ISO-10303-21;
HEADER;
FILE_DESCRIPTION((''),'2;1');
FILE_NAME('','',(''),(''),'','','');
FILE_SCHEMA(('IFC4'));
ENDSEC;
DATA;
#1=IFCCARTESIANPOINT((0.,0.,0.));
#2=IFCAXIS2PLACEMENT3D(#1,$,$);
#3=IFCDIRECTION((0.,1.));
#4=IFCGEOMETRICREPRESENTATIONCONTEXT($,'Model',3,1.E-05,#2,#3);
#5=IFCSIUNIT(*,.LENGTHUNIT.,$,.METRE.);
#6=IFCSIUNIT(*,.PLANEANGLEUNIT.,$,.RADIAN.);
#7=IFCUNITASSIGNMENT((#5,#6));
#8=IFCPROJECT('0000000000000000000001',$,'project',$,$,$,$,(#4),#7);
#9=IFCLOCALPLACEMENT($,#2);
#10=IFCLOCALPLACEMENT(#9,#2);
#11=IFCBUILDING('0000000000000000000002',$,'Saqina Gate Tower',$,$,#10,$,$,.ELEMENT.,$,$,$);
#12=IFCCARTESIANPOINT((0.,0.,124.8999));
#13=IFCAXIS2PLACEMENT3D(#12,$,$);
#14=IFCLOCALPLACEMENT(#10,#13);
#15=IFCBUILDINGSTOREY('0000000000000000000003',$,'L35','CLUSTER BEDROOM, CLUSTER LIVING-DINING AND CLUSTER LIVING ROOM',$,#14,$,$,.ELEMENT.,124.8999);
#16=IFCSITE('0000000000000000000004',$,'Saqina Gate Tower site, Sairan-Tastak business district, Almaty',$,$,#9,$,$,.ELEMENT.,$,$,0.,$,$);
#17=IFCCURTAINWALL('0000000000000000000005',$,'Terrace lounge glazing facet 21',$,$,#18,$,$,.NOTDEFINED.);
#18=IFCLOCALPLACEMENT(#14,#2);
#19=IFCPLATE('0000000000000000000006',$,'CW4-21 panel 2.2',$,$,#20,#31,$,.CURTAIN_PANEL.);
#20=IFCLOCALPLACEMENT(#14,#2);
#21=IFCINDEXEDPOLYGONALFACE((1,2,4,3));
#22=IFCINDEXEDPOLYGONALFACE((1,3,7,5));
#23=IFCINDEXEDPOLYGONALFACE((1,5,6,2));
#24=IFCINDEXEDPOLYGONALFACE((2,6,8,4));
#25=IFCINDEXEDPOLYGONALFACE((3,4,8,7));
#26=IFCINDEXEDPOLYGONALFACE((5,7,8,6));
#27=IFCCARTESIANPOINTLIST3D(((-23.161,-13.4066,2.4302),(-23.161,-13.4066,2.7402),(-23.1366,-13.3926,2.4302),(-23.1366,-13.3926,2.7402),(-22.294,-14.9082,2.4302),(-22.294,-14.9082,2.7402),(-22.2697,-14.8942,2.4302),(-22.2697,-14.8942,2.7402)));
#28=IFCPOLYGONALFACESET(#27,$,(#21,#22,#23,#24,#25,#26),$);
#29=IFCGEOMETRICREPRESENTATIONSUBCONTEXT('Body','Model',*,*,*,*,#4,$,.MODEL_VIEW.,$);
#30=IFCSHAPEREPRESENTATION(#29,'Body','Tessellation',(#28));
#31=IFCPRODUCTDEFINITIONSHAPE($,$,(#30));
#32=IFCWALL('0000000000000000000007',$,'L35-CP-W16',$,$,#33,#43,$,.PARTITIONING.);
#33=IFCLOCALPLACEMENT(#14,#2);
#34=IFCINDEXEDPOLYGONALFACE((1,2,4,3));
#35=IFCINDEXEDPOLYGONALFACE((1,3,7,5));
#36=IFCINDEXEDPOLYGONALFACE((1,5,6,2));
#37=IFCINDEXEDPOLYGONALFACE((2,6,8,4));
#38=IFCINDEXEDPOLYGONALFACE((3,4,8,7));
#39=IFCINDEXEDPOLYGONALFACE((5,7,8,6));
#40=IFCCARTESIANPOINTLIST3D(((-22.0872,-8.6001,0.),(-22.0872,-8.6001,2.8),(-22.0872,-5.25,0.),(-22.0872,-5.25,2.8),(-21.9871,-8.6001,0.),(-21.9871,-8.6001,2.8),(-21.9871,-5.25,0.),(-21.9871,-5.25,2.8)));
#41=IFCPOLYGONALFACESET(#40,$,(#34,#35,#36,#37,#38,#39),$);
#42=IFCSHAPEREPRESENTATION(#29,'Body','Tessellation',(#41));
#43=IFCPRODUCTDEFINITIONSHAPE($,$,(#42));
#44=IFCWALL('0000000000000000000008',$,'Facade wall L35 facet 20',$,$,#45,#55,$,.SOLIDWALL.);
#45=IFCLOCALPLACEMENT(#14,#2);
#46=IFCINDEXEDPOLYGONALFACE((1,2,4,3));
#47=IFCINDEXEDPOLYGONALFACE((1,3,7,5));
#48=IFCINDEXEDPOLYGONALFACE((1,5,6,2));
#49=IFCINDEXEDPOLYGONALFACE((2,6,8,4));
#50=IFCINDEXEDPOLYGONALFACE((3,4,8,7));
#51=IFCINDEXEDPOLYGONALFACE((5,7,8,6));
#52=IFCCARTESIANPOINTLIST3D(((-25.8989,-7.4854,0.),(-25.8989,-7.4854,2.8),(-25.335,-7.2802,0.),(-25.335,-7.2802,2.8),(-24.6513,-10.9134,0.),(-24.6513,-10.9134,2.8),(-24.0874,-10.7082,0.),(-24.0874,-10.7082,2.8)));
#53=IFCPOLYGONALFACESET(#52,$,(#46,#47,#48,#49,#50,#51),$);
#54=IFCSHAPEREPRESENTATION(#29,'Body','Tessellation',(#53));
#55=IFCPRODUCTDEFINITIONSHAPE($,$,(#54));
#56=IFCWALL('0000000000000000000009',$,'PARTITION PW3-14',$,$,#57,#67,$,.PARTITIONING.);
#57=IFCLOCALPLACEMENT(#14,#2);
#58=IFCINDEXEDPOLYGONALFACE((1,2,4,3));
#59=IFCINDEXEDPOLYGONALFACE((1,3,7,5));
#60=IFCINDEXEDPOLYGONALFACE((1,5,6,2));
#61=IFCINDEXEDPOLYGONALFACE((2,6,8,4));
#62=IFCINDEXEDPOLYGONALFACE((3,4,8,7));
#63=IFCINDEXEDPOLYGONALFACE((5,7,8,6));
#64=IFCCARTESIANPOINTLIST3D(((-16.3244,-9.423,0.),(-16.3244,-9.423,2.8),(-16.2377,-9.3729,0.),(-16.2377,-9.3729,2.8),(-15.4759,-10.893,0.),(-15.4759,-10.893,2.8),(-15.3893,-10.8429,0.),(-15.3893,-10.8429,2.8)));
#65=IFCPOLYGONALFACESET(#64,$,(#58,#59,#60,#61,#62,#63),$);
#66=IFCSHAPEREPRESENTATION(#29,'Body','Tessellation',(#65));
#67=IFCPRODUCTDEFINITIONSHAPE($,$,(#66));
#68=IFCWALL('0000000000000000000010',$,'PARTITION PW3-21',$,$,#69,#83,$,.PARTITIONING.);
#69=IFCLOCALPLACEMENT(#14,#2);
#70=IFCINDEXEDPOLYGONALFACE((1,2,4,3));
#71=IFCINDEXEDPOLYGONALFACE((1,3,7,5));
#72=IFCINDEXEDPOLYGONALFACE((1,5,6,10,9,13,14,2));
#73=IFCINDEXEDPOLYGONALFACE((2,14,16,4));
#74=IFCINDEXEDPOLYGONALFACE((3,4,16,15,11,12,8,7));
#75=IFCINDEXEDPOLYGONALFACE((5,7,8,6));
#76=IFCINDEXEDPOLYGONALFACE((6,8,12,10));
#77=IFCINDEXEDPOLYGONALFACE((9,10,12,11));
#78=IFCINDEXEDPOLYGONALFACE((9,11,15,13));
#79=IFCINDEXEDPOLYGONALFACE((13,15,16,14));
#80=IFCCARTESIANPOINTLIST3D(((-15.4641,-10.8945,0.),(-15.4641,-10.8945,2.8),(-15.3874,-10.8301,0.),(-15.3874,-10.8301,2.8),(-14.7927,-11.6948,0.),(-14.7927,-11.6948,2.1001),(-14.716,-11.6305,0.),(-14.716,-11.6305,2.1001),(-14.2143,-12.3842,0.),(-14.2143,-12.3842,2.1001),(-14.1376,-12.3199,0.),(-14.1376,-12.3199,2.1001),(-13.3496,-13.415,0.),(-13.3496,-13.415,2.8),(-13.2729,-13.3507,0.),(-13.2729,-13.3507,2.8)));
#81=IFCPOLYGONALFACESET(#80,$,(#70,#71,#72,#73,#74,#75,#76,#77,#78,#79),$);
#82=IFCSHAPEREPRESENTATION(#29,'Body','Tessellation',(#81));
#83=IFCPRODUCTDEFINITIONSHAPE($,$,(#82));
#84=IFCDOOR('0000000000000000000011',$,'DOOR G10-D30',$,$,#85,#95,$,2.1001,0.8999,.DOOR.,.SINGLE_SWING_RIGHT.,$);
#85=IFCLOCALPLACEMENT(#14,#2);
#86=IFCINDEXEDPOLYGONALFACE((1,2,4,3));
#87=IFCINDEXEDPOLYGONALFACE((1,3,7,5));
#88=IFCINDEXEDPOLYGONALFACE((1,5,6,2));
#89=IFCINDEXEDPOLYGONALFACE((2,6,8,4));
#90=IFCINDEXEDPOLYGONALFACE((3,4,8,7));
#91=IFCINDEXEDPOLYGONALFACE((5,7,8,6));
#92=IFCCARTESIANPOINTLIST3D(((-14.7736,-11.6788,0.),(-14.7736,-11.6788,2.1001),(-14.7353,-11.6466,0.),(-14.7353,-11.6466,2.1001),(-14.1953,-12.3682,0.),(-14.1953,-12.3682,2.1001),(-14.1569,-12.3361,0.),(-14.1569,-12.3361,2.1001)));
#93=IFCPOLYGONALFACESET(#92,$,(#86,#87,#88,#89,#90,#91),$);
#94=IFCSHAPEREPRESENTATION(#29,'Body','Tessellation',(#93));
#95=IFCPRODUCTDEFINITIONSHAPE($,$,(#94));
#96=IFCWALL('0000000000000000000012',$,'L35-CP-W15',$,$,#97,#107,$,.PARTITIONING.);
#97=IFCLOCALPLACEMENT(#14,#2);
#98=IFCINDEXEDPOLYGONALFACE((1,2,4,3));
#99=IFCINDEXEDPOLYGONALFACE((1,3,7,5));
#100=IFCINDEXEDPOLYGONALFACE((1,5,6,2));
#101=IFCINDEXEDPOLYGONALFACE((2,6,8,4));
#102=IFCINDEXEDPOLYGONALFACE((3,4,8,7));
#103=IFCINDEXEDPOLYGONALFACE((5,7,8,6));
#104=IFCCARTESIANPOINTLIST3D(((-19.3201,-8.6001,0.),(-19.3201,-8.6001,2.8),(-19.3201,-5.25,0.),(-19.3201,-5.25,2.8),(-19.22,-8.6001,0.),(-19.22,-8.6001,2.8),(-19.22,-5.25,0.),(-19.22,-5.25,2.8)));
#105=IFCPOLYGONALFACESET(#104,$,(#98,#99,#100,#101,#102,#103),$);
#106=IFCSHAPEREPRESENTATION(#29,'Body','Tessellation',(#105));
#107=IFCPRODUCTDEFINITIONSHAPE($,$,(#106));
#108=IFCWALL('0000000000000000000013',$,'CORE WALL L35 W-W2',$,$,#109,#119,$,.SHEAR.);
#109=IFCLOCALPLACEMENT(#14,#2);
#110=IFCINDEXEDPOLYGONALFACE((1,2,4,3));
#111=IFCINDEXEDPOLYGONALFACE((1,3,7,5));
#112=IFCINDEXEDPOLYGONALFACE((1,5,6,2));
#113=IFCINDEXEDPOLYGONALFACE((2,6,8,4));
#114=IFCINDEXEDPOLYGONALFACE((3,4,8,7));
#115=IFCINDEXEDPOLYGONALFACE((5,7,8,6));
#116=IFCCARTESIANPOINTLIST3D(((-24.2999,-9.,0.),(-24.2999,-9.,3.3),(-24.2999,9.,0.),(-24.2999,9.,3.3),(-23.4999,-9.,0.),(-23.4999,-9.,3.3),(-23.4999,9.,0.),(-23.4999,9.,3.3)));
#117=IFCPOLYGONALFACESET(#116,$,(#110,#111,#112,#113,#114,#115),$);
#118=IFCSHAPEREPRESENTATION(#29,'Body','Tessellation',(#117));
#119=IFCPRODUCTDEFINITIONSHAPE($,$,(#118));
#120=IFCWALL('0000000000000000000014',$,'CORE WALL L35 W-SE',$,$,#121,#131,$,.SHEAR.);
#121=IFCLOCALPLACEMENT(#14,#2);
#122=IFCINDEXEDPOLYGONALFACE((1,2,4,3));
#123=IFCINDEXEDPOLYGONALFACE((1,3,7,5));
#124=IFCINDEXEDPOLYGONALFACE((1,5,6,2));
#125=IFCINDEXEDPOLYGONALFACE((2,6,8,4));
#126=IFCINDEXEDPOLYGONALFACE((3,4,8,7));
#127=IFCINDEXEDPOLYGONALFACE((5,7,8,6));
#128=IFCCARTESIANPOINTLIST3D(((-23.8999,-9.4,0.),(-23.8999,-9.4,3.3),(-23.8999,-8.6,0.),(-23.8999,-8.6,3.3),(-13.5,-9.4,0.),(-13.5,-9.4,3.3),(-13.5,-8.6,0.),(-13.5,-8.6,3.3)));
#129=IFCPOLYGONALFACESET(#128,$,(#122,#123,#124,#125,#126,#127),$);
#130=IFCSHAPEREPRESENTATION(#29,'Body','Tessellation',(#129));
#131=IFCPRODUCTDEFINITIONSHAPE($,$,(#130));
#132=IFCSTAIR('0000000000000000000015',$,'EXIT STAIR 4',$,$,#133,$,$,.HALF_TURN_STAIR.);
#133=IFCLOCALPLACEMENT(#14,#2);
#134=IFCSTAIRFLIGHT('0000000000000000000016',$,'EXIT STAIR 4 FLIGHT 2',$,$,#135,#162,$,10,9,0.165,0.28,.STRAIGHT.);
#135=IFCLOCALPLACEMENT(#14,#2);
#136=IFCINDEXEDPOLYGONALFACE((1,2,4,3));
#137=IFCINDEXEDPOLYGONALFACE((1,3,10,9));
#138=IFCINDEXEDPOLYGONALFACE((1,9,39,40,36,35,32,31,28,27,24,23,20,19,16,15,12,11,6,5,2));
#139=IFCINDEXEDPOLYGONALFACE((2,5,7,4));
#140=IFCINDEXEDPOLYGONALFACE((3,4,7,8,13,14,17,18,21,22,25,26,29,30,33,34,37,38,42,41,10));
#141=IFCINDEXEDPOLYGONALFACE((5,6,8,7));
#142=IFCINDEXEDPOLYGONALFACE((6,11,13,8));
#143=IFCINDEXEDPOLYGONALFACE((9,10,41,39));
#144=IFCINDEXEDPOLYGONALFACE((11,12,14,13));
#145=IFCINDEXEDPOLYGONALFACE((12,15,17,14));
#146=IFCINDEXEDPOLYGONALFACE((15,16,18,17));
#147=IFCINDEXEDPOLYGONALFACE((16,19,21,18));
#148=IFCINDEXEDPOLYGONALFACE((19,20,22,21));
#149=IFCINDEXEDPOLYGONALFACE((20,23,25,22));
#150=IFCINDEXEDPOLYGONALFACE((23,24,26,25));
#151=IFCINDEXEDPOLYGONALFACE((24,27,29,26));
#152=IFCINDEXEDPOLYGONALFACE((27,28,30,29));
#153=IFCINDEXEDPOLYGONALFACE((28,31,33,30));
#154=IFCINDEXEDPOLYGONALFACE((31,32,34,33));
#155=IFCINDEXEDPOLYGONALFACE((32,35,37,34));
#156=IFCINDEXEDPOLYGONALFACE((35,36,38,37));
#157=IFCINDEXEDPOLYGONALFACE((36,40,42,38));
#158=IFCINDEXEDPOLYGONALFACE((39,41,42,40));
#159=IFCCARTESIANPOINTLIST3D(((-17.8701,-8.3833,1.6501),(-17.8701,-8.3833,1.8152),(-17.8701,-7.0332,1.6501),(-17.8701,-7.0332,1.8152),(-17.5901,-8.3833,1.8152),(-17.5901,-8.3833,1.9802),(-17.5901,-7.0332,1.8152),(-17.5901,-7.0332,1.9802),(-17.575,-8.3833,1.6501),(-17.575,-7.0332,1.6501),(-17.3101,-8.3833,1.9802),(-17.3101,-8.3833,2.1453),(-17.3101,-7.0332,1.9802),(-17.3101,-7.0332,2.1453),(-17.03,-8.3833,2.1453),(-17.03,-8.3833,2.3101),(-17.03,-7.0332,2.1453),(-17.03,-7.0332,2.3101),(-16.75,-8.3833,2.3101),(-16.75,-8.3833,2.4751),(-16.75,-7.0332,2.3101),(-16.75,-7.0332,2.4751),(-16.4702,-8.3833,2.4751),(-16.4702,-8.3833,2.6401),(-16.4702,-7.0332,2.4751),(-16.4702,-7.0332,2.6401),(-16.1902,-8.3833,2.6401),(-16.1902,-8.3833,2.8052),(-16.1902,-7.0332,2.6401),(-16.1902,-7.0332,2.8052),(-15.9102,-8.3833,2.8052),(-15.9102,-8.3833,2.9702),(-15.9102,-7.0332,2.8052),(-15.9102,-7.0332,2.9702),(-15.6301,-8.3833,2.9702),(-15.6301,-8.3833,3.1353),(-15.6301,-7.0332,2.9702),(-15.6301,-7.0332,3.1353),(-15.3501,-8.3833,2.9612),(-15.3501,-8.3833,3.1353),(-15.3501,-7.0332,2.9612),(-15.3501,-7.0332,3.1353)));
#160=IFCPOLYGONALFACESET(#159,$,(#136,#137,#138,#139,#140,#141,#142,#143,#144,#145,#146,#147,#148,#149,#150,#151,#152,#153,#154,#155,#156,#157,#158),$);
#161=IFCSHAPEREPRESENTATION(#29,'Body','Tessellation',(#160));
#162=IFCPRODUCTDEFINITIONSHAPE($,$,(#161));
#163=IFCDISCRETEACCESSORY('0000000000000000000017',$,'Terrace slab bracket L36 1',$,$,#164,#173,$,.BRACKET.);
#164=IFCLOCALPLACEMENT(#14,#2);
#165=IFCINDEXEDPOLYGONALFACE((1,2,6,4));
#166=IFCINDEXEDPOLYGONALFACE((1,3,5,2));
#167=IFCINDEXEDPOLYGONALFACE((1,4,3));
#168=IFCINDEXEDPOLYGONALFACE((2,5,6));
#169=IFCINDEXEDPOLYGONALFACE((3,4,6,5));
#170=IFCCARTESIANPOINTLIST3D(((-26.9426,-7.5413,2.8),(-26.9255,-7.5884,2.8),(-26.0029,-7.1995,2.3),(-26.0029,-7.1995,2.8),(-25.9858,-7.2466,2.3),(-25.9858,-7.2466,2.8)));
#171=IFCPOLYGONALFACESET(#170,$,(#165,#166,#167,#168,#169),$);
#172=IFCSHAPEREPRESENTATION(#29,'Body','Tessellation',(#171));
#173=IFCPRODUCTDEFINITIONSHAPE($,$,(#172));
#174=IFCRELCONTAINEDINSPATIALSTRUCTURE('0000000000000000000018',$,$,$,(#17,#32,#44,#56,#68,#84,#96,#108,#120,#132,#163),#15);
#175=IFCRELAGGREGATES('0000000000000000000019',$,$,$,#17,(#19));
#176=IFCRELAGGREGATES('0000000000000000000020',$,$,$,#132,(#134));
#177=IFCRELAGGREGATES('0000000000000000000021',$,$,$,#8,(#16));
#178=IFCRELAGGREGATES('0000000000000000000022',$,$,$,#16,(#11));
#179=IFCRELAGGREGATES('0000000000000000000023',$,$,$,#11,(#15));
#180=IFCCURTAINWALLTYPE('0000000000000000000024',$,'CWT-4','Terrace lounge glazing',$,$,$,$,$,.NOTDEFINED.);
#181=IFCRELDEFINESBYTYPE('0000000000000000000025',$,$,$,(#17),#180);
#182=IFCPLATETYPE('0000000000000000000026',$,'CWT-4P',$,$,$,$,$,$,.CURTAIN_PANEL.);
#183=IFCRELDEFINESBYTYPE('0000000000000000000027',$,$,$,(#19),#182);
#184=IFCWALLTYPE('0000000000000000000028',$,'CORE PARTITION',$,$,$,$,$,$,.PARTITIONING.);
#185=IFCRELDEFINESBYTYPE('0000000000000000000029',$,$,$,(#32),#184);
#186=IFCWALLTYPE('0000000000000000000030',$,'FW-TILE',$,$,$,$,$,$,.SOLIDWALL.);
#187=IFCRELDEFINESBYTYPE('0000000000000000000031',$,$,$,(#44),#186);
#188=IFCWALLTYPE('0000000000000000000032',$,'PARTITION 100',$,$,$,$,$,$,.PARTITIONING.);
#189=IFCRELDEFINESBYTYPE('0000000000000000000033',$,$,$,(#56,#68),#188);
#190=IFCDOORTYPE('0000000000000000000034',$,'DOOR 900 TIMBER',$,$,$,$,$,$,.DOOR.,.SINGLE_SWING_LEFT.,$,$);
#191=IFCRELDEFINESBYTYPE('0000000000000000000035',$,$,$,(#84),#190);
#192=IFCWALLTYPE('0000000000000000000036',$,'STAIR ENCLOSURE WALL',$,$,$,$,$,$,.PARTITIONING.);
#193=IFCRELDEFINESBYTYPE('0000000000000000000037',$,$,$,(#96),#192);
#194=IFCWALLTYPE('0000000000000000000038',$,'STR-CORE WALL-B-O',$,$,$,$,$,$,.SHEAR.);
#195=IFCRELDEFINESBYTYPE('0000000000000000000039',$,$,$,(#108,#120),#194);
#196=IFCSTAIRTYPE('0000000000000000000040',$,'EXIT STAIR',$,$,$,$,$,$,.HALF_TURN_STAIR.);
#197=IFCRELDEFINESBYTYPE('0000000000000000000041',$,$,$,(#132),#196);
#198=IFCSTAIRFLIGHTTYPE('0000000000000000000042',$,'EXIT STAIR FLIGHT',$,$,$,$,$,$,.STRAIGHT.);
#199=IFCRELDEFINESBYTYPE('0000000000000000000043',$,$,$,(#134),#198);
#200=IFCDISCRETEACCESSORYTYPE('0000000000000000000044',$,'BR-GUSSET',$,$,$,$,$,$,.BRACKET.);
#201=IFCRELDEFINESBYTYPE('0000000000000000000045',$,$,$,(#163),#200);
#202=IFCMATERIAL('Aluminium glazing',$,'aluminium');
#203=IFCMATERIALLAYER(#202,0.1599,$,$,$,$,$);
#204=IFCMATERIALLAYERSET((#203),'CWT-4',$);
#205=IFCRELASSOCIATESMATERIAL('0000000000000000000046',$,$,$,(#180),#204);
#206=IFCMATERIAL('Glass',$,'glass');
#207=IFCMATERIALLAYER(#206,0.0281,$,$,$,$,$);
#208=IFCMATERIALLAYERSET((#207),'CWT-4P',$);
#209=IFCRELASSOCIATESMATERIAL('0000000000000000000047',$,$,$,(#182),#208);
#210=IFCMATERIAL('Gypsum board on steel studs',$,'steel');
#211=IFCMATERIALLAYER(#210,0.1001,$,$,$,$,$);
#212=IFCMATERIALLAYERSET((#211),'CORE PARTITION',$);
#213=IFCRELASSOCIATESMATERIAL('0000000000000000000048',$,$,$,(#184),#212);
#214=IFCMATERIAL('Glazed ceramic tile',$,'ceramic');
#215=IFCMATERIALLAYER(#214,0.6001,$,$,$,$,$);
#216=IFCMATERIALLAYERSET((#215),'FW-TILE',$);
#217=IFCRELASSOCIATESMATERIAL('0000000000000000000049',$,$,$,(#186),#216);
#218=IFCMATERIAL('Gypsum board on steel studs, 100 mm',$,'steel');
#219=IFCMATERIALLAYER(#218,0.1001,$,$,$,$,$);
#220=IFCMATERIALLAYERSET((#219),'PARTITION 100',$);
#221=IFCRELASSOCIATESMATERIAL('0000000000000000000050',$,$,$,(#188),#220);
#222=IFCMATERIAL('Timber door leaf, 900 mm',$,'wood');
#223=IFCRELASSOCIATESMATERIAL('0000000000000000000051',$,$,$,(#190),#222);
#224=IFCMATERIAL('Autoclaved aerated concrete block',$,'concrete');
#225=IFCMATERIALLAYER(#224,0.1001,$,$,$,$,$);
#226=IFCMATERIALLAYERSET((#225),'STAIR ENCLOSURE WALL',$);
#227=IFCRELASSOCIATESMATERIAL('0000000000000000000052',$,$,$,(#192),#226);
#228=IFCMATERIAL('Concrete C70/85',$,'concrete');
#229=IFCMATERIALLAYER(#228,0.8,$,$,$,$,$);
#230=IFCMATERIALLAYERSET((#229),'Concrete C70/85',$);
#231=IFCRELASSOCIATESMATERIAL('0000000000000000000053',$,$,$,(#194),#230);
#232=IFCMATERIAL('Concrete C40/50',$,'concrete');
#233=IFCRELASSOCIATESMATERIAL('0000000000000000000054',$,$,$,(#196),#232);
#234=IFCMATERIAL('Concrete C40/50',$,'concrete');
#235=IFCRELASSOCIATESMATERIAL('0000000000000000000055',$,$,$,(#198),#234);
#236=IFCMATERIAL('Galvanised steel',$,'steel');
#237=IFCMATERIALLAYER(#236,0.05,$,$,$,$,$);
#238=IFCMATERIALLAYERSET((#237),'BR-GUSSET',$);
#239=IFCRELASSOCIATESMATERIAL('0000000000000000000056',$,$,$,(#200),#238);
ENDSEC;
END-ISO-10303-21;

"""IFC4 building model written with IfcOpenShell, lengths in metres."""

from ifc_helpers import new_model, si_unit, direction, frame, frame_2d, origin, origin_2d, place, context, subcontext, project, spatial, polyline, rectangle, outline, extrude, material, layer, layer_set, type_object, element, fill, aggregate, save


model = new_model("IFC4")

# Units and contexts
model_context = context("Model", 3, precision=1e-05, world=origin(), true_north=direction((0.0, 1.0)))
body_context = subcontext(model_context, "Body", "Model", "MODEL_VIEW")
ifc_project = project(units=[si_unit("LENGTHUNIT", "METRE"), si_unit("PLANEANGLEUNIT", "RADIAN")], contexts=[model_context])

# Site, building, storey
site_placement = place(None, origin())
site = spatial("IfcSite", under=ifc_project, at=site_placement, Name="Saqina Gate Tower site, Sairan-Tastak business district, Almaty", CompositionType="ELEMENT", RefElevation=0.0)
building_placement = place(site_placement, origin())
building = spatial("IfcBuilding", under=site, at=building_placement, Name="Saqina Gate Tower", CompositionType="ELEMENT")
storey_placement = place(building_placement, frame((0.0, 0.0, 124.8999)))
storey = spatial("IfcBuildingStorey", under=building, at=storey_placement, Name="L35", Description="CLUSTER BEDROOM, CLUSTER LIVING-DINING AND CLUSTER LIVING ROOM", CompositionType="ELEMENT", Elevation=124.8999)

# Curtain wall
ifc_material_1 = material(Name="Aluminium glazing", Category="aluminium")
ifc_layer_1 = layer(ifc_material_1, 0.1599)
ifc_layer_set_1 = layer_set([ifc_layer_1], Name="CWT-4")
curtain_wall_type = type_object("IfcCurtainWallType", Name="CWT-4", Description="Terrace lounge glazing", PredefinedType="NOTDEFINED", material=ifc_layer_set_1)
curtain_wall_placement = place(storey_placement, origin())
curtain_wall = element("IfcCurtainWall", 1, at=curtain_wall_placement, inside=storey, type_object=curtain_wall_type, Name="Terrace lounge glazing facet 21", PredefinedType="NOTDEFINED")

# Plate
ifc_material_2 = material(Name="Glass", Category="glass")
ifc_layer_2 = layer(ifc_material_2, 0.0281)
ifc_layer_set_2 = layer_set([ifc_layer_2], Name="CWT-4P")
plate_type = type_object("IfcPlateType", Name="CWT-4P", PredefinedType="CURTAIN_PANEL", material=ifc_layer_set_2)
plate_1_placement = place(storey_placement, frame((-22.7153, -14.1504, 2.4302), z_axis=(0.0, 0.0, 1.0), x_axis=(0.499999, -0.866026, 0.0)))
plate_1 = element("IfcPlate", 2, at=plate_1_placement, type_object=plate_type, Name="CW4-21 panel 2.2", PredefinedType="CURTAIN_PANEL", context=body_context, shape_type="SweptSolid", body=[
    extrude(rectangle(XDim=1.7339, YDim=0.0281, at=origin_2d()), origin(), (0.0, 0.0, 1.0), 0.3101),
])
aggregate(curtain_wall, [plate_1])

# Walls
ifc_material_3 = material(Name="Gypsum board on steel studs", Category="steel")
ifc_layer_3 = layer(ifc_material_3, 0.1001)
ifc_layer_set_3 = layer_set([ifc_layer_3], Name="CORE PARTITION")
wall_type_1 = type_object("IfcWallType", Name="CORE PARTITION", PredefinedType="PARTITIONING", material=ifc_layer_set_3)
wall_1_placement = place(storey_placement, frame((-22.0371, -8.6001, 0.0), z_axis=(0.0, 0.0, 1.0), x_axis=(0.0, 1.0, 0.0)))
element("IfcWall", 3, at=wall_1_placement, inside=storey, type_object=wall_type_1, Name="L35-CP-W16", PredefinedType="PARTITIONING", context=body_context, shape_type="SweptSolid", body=[
    extrude(rectangle(XDim=3.3501, YDim=0.1001, at=frame_2d((1.675, 0.0))), origin(), (0.0, 0.0, 1.0), 2.8),
])
ifc_material_4 = material(Name="Glazed ceramic tile", Category="ceramic")
ifc_layer_4 = layer(ifc_material_4, 0.6001)
ifc_layer_set_4 = layer_set([ifc_layer_4], Name="FW-TILE")
wall_type_2 = type_object("IfcWallType", Name="FW-TILE", PredefinedType="SOLIDWALL", material=ifc_layer_set_4)
wall_2_placement = place(storey_placement, frame((-25.6169, -7.3828, 0.0), z_axis=(0.0, 0.0, 1.0), x_axis=(0.34199, -0.939704, 0.0)))
element("IfcWall", 4, at=wall_2_placement, inside=storey, type_object=wall_type_2, Name="Facade wall L35 facet 20", PredefinedType="SOLIDWALL", context=body_context, shape_type="SweptSolid", body=[
    extrude(rectangle(XDim=3.6479, YDim=0.6001, at=frame_2d((1.824, 0.0))), origin(), (0.0, 0.0, 1.0), 2.8),
])
ifc_material_5 = material(Name="Gypsum board on steel studs, 100 mm", Category="steel")
ifc_layer_5 = layer(ifc_material_5, 0.1001)
ifc_layer_set_5 = layer_set([ifc_layer_5], Name="PARTITION 100")
wall_type_3 = type_object("IfcWallType", Name="PARTITION 100", PredefinedType="PARTITIONING", material=ifc_layer_set_5)
wall_3_placement = place(storey_placement, frame((-16.281, -9.3979, 0.0), z_axis=(0.0, 0.0, 1.0), x_axis=(0.499868, -0.866102, 0.0)))
element("IfcWall", 5, at=wall_3_placement, inside=storey, type_object=wall_type_3, Name="PARTITION PW3-14", PredefinedType="PARTITIONING", context=body_context, shape_type="SweptSolid", body=[
    extrude(rectangle(XDim=1.6973, YDim=0.1001, at=frame_2d((0.8486, 0.0))), origin(), (0.0, 0.0, 1.0), 2.8),
])

# Wall, opening, door
wall_4_placement = place(storey_placement, frame((-15.4258, -10.8623, 0.0), z_axis=(0.0, 0.0, 1.0), x_axis=(0.642706, -0.766113, 0.0)))
wall_4 = element("IfcWall", 6, at=wall_4_placement, inside=storey, type_object=wall_type_3, Name="PARTITION PW3-21", PredefinedType="PARTITIONING", context=body_context, shape_type="SweptSolid", body=[
    extrude(rectangle(XDim=3.29, YDim=0.1001, at=frame_2d((1.645, 0.0))), origin(), (0.0, 0.0, 1.0), 2.8),
])
opening_1_placement = place(wall_4_placement, frame((1.0447, 0.0, 0.0)))
opening_1 = element("IfcOpeningElement", 7, at=opening_1_placement, cuts=wall_4, PredefinedType="OPENING", context=body_context, shape_type="SweptSolid", body=[
    extrude(rectangle(XDim=0.8999, YDim=2.1001, at=frame_2d((0.45, 1.05))), frame((0.0, 0.062, 0.0), z_axis=(0.0, -1.0, 0.0), x_axis=(1.0, 0.0, 0.0)), (0.0, 0.0, 1.0), 0.124),
])
ifc_material_6 = material(Name="Timber door leaf, 900 mm", Category="wood")
door_type_1 = type_object("IfcDoorType", Name="DOOR 900 TIMBER", OperationType="SINGLE_SWING_LEFT", PredefinedType="DOOR", material=ifc_material_6)
door_1_placement = place(opening_1_placement, origin())
door_1 = element("IfcDoor", 8, at=door_1_placement, inside=storey, type_object=door_type_1, Name="DOOR G10-D30", OperationType="SINGLE_SWING_RIGHT", OverallHeight=2.1001, OverallWidth=0.8999, PredefinedType="DOOR", context=body_context, shape_type="SweptSolid", body=[
    extrude(rectangle(XDim=0.8999, YDim=2.1001, at=frame_2d((0.45, 1.05))), frame((0.0, 0.0249, 0.0), z_axis=(0.0, -1.0, 0.0), x_axis=(1.0, 0.0, 0.0)), (0.0, 0.0, 1.0), 0.05),
])
fill(opening_1, door_1)

# Wall
ifc_material_7 = material(Name="Autoclaved aerated concrete block", Category="concrete")
ifc_layer_6 = layer(ifc_material_7, 0.1001)
ifc_layer_set_6 = layer_set([ifc_layer_6], Name="STAIR ENCLOSURE WALL")
wall_type_4 = type_object("IfcWallType", Name="STAIR ENCLOSURE WALL", PredefinedType="PARTITIONING", material=ifc_layer_set_6)
wall_5_placement = place(storey_placement, frame((-19.27, -8.6001, 0.0), z_axis=(0.0, 0.0, 1.0), x_axis=(0.0, 1.0, 0.0)))
element("IfcWall", 9, at=wall_5_placement, inside=storey, type_object=wall_type_4, Name="L35-CP-W15", PredefinedType="PARTITIONING", context=body_context, shape_type="SweptSolid", body=[
    extrude(rectangle(XDim=3.3501, YDim=0.1001, at=frame_2d((1.675, 0.0))), origin(), (0.0, 0.0, 1.0), 2.8),
])

# Shared definitions
ifc_material_8 = material(Name="Concrete C70/85", Category="concrete")
ifc_layer_7 = layer(ifc_material_8, 0.8)
ifc_layer_set_7 = layer_set([ifc_layer_7], Name="Concrete C70/85")
wall_type_5 = type_object("IfcWallType", Name="STR-CORE WALL-B-O", PredefinedType="SHEAR", material=ifc_layer_set_7)

# Walls
wall_6_placement = place(storey_placement, frame((-23.8999, -9.0, 0.0), z_axis=(0.0, 0.0, 1.0), x_axis=(0.0, 1.0, 0.0)))
element("IfcWall", 10, at=wall_6_placement, inside=storey, type_object=wall_type_5, Name="CORE WALL L35 W-W2", PredefinedType="SHEAR", context=body_context, shape_type="SweptSolid", body=[
    extrude(rectangle(XDim=18.0, YDim=0.8, at=frame_2d((9.0, 0.0))), origin(), (0.0, 0.0, 1.0), 3.3),
])
wall_7_placement = place(storey_placement, frame((-13.5, -9.0, 0.0), z_axis=(0.0, 0.0, 1.0), x_axis=(-1.0, 0.0, 0.0)))
element("IfcWall", 11, at=wall_7_placement, inside=storey, type_object=wall_type_5, Name="CORE WALL L35 W-SE", PredefinedType="SHEAR", context=body_context, shape_type="SweptSolid", body=[
    extrude(rectangle(XDim=10.3999, YDim=0.8, at=frame_2d((5.2, 0.0))), origin(), (0.0, 0.0, 1.0), 3.3),
])

# Stair, stair flight
ifc_material_9 = material(Name="Concrete C40/50", Category="concrete")
stair_type = type_object("IfcStairType", Name="EXIT STAIR", PredefinedType="HALF_TURN_STAIR", material=ifc_material_9)
stair_placement = place(storey_placement, origin())
stair = element("IfcStair", 12, at=stair_placement, inside=storey, type_object=stair_type, Name="EXIT STAIR 4", PredefinedType="HALF_TURN_STAIR")
ifc_material_10 = material(Name="Concrete C40/50", Category="concrete")
stair_flight_type = type_object("IfcStairFlightType", Name="EXIT STAIR FLIGHT", PredefinedType="STRAIGHT", material=ifc_material_10)
stair_flight_placement = place(storey_placement, frame((-17.8701, -7.7083, 1.6501), z_axis=(0.0, 0.0, 1.0), x_axis=(1.0, 0.0, 0.0)))
stair_flight = element("IfcStairFlight", 13, at=stair_flight_placement, type_object=stair_flight_type, Name="EXIT STAIR 4 FLIGHT 2", NumberOfRisers=10, NumberOfTreads=9, PredefinedType="STRAIGHT", RiserHeight=0.165, TreadLength=0.28, context=body_context, shape_type="SweptSolid", body=[
    extrude(outline(polyline([(0.0, 0.0), (0.0, 0.165), (0.28, 0.165), (0.28, 0.3301), (0.5601, 0.3301), (0.5601, 0.4951), (0.8401, 0.4951), (0.8401, 0.6599), (1.1201, 0.6599), (1.1201, 0.825), (1.3999, 0.825), (1.3999, 0.99), (1.6799, 0.99), (1.6799, 1.155), (1.96, 1.155), (1.96, 1.3201), (2.24, 1.3201), (2.24, 1.4851), (2.52, 1.4851), (2.52, 1.6499), (2.52, 1.311), (0.2952, 0.0), (0.0, 0.0)])), frame((0.0, 0.675, 0.0), z_axis=(0.0, -1.0, 0.0), x_axis=(1.0, 0.0, 0.0)), (0.0, 0.0, 1.0), 1.3501),
])
aggregate(stair, [stair_flight])

# Discrete accessory
ifc_material_11 = material(Name="Galvanised steel", Category="steel")
ifc_layer_8 = layer(ifc_material_11, 0.05)
ifc_layer_set_8 = layer_set([ifc_layer_8], Name="BR-GUSSET")
discrete_accessory_type = type_object("IfcDiscreteAccessoryType", Name="BR-GUSSET", PredefinedType="BRACKET", material=ifc_layer_set_8)
discrete_accessory_1_placement = place(storey_placement, frame((-25.9858, -7.2466, 2.3), z_axis=(0.341821, -0.939765, 0.0), x_axis=(0.0, 0.0, 1.0)))
element("IfcDiscreteAccessory", 14, at=discrete_accessory_1_placement, inside=storey, type_object=discrete_accessory_type, Name="Terrace slab bracket L36 1", PredefinedType="BRACKET", context=body_context, shape_type="SweptSolid", body=[
    extrude(outline(polyline([(0.0, 0.0), (0.5, 0.0), (0.5, 0.9999), (0.0, 0.0)])), origin(), (0.0, 0.0, -1.0), 0.05),
])

save(model, "model.ifc")
